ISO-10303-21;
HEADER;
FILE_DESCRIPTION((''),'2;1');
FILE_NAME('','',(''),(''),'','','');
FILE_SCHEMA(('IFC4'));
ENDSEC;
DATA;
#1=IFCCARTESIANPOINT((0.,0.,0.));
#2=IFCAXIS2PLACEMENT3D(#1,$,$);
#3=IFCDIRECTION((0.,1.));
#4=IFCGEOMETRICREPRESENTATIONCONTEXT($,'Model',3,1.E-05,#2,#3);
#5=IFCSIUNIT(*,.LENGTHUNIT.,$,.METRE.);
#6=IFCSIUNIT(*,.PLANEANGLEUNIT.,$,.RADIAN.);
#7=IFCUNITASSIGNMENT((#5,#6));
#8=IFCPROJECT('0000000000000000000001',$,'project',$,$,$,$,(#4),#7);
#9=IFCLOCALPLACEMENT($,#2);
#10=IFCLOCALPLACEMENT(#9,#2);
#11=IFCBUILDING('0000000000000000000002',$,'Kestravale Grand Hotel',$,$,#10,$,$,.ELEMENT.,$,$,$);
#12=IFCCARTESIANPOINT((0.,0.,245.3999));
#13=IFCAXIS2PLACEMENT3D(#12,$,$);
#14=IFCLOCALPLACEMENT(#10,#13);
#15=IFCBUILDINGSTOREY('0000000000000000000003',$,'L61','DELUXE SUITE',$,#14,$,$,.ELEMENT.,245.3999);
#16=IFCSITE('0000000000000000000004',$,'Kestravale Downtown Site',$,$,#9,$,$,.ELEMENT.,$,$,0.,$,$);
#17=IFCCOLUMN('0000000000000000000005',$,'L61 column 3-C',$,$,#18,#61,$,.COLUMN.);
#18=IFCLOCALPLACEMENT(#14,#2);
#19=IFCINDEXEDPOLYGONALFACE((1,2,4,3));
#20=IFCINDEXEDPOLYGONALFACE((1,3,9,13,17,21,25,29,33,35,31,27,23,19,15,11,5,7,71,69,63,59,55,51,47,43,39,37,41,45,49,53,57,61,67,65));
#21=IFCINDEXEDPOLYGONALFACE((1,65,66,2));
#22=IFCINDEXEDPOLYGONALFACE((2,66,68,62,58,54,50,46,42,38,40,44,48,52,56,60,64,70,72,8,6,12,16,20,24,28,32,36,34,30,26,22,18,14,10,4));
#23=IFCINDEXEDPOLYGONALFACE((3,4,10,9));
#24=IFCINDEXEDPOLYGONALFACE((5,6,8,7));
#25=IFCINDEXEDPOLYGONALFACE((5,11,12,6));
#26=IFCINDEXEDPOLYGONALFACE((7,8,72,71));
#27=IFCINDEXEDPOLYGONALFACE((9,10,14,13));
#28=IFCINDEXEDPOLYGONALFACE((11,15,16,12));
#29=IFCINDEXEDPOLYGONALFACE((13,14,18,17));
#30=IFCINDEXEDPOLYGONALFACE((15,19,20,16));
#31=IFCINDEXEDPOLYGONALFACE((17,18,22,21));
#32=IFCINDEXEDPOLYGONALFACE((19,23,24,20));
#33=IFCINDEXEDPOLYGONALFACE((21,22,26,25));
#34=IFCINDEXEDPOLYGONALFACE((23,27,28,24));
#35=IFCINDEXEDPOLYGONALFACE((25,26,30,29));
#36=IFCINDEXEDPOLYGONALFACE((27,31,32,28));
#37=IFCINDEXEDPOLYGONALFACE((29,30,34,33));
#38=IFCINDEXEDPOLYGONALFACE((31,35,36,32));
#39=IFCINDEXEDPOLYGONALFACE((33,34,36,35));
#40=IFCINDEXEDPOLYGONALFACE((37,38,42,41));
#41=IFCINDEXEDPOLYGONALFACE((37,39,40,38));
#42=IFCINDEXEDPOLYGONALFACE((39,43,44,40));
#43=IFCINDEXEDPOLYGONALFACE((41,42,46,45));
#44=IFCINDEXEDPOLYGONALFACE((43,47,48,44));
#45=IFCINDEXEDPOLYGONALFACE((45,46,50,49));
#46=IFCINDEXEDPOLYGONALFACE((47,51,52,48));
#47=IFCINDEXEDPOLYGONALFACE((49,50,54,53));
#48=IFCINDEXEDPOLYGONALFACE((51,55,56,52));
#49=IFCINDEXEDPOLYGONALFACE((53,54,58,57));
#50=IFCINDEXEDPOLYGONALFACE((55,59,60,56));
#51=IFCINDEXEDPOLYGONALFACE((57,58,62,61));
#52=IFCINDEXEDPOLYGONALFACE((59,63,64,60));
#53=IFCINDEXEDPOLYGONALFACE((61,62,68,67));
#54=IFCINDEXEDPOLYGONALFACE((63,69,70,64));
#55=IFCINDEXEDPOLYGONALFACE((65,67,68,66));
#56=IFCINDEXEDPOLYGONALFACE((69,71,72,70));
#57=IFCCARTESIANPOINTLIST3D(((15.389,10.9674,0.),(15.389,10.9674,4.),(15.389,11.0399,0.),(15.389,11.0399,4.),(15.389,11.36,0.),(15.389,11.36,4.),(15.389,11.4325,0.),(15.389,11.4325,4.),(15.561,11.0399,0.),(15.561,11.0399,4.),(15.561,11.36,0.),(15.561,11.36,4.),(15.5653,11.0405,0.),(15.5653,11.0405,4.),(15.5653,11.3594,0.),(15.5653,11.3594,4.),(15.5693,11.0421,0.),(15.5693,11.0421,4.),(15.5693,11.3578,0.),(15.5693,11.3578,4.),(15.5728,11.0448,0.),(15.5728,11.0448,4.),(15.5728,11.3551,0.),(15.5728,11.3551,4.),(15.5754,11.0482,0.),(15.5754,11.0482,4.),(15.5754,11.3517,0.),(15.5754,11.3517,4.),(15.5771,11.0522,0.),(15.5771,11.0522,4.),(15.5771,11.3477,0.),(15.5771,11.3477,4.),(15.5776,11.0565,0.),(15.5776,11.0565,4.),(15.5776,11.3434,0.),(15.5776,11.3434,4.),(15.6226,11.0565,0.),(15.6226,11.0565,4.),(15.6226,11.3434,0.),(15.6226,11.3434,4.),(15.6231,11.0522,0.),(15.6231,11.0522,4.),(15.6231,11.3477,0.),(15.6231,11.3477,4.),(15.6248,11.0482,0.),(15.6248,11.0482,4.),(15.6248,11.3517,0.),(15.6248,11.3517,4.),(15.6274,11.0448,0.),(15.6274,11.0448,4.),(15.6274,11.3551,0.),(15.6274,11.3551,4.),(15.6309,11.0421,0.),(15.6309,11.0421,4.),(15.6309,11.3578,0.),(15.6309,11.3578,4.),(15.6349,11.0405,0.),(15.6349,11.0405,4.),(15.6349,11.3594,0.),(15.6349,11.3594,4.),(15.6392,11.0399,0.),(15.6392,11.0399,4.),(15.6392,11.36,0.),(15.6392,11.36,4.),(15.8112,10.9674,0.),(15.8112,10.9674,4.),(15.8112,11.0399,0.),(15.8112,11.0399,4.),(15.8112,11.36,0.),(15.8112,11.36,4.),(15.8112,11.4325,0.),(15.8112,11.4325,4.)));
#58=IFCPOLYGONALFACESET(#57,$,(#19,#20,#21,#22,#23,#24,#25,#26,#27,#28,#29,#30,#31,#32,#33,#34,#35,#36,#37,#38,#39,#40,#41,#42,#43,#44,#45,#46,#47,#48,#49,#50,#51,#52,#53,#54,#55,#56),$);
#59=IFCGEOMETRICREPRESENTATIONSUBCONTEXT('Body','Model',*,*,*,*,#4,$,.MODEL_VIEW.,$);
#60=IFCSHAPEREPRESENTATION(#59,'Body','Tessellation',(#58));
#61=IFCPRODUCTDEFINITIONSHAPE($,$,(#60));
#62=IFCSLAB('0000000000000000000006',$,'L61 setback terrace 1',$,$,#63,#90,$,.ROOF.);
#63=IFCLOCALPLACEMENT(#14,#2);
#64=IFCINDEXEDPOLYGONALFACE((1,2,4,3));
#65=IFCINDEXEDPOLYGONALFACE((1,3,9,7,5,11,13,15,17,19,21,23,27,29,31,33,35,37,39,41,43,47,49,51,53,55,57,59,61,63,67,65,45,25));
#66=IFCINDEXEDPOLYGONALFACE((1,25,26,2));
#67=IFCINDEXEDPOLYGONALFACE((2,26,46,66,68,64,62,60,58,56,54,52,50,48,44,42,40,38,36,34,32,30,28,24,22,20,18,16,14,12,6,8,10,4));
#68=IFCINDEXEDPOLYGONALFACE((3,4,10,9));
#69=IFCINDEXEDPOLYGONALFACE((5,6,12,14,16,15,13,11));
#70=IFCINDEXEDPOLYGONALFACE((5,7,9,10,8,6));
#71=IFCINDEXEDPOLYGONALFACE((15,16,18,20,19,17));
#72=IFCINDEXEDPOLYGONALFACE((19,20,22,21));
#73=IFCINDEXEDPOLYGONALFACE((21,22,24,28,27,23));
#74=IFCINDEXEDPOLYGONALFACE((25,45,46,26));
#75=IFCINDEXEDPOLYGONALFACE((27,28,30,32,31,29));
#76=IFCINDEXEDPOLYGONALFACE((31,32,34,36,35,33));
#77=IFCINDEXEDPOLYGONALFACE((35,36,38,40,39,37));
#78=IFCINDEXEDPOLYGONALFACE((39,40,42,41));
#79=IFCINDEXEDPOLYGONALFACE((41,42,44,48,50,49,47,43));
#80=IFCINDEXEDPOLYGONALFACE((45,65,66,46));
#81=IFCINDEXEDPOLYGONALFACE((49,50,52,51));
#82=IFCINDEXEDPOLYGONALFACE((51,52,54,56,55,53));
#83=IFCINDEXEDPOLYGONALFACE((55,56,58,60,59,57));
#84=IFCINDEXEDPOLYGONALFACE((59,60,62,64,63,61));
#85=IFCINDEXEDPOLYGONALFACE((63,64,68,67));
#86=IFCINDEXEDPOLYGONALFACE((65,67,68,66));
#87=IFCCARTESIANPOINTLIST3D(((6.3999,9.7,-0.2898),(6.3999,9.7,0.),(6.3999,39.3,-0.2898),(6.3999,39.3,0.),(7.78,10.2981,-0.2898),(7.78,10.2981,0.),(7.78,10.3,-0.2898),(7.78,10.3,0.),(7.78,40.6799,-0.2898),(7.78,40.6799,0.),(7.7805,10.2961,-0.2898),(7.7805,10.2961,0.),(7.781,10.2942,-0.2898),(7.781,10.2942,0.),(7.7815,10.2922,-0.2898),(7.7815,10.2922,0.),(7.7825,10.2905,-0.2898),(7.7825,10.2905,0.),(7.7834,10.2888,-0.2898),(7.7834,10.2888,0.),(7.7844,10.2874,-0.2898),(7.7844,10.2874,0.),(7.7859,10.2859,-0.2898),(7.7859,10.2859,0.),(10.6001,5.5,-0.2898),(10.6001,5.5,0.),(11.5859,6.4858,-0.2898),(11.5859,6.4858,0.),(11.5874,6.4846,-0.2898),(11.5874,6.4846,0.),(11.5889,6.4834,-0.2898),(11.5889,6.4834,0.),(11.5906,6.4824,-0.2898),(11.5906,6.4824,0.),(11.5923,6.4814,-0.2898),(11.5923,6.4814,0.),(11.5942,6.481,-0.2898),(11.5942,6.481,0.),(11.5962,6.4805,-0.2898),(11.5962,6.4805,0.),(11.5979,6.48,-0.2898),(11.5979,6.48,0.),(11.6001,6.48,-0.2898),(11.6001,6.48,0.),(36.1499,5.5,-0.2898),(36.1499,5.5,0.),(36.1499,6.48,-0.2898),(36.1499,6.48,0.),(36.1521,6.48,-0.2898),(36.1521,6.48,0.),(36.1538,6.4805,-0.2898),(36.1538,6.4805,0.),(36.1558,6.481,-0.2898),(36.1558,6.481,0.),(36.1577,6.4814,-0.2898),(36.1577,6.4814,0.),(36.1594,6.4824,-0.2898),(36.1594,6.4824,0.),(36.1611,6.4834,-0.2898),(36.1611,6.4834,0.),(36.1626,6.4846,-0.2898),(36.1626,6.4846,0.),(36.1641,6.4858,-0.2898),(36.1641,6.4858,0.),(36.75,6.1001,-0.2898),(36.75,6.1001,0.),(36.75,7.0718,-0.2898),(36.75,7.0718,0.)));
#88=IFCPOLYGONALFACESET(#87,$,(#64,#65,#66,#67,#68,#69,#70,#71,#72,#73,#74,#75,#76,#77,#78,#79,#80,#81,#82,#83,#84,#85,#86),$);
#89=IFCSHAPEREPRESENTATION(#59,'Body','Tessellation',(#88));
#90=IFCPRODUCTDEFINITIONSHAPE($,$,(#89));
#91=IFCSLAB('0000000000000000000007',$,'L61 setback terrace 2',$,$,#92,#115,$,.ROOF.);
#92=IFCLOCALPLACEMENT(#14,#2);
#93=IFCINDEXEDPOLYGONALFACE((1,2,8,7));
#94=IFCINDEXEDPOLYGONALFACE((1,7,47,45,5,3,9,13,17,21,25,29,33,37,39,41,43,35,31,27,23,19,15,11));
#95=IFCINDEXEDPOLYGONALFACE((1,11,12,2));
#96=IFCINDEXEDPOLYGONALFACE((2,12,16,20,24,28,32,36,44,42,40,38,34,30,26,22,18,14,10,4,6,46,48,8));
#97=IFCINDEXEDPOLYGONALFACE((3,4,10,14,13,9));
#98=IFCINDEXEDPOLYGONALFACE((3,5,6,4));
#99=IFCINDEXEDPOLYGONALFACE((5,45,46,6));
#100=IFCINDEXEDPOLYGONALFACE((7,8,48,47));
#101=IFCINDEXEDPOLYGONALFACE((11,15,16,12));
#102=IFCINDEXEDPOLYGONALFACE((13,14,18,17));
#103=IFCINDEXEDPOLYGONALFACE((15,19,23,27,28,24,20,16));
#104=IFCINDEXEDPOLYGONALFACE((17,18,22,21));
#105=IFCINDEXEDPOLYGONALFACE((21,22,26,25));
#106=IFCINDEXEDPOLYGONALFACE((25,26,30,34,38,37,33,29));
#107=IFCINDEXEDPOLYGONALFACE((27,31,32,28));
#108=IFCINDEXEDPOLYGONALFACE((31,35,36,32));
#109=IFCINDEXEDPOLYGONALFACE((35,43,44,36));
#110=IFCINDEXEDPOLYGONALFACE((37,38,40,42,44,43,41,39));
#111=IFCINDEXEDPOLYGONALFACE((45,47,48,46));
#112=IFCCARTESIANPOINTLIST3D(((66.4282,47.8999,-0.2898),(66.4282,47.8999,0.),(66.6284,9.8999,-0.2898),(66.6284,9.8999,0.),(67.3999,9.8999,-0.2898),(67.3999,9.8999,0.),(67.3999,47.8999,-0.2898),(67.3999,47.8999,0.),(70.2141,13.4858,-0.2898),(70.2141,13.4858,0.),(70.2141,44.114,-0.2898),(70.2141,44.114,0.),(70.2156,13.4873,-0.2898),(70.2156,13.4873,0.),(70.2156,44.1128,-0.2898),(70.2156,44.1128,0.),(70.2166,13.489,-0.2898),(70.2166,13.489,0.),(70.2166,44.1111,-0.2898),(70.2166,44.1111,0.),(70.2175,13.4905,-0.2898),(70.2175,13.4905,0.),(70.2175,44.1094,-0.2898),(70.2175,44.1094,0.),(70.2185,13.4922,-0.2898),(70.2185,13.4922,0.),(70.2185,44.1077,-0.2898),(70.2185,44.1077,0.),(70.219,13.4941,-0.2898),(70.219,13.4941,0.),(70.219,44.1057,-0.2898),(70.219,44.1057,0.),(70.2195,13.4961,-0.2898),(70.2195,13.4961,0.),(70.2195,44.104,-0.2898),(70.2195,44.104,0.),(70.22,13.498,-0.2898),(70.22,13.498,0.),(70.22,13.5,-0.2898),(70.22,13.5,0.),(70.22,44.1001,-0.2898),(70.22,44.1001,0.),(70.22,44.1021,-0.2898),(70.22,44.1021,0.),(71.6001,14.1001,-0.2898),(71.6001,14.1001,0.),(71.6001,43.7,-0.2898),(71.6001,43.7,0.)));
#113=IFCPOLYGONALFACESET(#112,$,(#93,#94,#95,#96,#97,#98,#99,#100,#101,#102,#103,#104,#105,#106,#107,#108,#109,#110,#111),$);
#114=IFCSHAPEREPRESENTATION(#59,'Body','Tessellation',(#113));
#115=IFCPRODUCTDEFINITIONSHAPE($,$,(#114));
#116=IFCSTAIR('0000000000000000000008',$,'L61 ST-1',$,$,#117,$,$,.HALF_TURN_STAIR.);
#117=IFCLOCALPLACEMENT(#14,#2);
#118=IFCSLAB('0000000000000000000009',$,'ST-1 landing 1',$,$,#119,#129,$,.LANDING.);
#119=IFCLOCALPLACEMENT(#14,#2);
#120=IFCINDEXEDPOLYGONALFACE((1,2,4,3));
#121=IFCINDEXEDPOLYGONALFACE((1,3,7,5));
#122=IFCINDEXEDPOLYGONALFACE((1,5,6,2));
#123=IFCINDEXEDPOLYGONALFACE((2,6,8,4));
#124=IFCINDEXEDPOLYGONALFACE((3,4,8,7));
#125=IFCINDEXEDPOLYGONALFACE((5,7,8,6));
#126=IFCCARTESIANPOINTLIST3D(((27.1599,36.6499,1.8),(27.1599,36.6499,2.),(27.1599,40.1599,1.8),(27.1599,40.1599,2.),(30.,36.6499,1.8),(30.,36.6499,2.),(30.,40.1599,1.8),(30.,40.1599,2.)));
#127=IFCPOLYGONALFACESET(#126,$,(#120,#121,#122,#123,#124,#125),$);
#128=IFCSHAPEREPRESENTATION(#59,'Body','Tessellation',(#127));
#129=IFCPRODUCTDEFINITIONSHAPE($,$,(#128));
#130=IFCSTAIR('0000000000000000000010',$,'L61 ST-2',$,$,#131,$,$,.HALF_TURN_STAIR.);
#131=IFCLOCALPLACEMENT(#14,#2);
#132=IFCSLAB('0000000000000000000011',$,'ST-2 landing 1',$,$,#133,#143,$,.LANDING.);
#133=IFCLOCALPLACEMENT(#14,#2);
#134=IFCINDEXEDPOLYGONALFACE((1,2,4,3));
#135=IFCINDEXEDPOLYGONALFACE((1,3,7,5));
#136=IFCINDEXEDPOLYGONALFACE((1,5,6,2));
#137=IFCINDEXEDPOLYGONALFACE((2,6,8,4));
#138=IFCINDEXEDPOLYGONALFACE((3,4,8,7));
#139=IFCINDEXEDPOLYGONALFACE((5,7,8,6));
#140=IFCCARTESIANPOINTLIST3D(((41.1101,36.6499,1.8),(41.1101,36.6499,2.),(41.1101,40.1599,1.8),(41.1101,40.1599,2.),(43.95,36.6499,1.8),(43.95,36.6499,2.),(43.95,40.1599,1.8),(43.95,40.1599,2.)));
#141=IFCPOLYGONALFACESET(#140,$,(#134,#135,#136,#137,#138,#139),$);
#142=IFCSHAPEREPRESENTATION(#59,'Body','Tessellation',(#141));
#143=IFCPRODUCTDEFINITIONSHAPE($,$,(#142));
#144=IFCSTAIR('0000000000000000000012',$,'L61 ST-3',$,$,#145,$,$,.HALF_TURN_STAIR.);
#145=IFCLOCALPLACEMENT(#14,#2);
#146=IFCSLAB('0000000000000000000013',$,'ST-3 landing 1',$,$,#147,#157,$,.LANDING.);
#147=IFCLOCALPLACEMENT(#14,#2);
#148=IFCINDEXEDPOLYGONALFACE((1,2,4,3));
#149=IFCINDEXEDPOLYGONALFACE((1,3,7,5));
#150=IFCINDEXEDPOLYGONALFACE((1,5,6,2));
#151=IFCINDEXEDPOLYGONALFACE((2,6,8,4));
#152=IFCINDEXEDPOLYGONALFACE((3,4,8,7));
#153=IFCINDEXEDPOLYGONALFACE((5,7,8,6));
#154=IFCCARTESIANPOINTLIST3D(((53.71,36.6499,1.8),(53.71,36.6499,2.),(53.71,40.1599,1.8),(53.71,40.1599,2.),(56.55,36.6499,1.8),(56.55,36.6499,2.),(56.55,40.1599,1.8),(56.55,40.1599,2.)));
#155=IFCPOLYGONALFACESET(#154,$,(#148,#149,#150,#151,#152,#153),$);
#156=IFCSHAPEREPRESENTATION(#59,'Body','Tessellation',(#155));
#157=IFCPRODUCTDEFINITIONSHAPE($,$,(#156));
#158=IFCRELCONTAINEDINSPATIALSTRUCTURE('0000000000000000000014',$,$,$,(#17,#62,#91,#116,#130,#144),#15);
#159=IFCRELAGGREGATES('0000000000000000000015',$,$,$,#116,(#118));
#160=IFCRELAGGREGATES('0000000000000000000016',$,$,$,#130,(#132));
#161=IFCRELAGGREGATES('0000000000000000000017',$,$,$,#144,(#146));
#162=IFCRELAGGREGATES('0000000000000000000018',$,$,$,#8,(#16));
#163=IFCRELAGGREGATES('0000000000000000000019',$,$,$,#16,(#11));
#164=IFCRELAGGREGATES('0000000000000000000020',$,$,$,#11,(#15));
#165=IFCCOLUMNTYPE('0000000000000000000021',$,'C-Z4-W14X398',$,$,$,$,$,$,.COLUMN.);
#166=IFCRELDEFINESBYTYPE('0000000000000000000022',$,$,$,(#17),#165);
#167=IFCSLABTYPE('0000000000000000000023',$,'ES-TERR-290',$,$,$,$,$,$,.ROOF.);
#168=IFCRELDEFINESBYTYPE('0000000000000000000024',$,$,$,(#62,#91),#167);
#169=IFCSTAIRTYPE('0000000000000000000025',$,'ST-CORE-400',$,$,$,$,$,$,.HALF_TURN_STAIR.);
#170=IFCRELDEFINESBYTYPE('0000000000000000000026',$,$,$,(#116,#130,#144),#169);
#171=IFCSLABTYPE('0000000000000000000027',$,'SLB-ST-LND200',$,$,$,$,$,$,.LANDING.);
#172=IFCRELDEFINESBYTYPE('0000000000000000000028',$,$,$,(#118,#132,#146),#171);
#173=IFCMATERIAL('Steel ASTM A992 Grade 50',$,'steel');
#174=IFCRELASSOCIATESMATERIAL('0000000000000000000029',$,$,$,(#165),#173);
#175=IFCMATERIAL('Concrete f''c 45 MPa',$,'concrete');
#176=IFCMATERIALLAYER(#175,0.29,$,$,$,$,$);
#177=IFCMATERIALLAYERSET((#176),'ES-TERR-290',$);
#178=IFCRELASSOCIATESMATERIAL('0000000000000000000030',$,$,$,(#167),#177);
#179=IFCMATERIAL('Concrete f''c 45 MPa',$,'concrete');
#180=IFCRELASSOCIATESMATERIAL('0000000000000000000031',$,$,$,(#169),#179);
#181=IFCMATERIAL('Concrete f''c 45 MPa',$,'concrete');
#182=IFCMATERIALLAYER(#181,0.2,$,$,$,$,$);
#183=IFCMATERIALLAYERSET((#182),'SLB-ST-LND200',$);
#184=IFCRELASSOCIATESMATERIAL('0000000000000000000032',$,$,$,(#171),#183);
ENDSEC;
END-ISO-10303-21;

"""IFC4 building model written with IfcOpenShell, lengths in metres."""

from ifc_helpers import new_model, si_unit, direction, frame, origin, origin_2d, place, context, subcontext, project, spatial, polyline, i_section, outline, extrude, material, layer, layer_set, material_profile, profile_set, type_object, element, aggregate, save


model = new_model("IFC4")

# Units and contexts
model_context = context("Model", 3, precision=1e-05, world=origin(), true_north=direction((0.0, 1.0)))
body_context = subcontext(model_context, "Body", "Model", "MODEL_VIEW")
ifc_project = project(units=[si_unit("LENGTHUNIT", "METRE"), si_unit("PLANEANGLEUNIT", "RADIAN")], contexts=[model_context])

# Site, building, storey
site_placement = place(None, origin())
site = spatial("IfcSite", under=ifc_project, at=site_placement, Name="Kestravale Downtown Site", CompositionType="ELEMENT", RefElevation=0.0)
building_placement = place(site_placement, origin())
building = spatial("IfcBuilding", under=site, at=building_placement, Name="Kestravale Grand Hotel", CompositionType="ELEMENT")
storey_placement = place(building_placement, frame((0.0, 0.0, 245.3999)))
storey = spatial("IfcBuildingStorey", under=building, at=storey_placement, Name="L61", Description="DELUXE SUITE", CompositionType="ELEMENT", Elevation=245.3999)

# Column
ifc_material_1 = material(Name="Steel ASTM A992 Grade 50", Category="steel")
ifc_material_profile = material_profile(ifc_material_1, i_section(OverallWidth=0.4221, OverallDepth=0.4651, WebThickness=0.0449, FlangeThickness=0.0725, FilletRadius=0.0166, at=origin_2d()))
ifc_profile_set = profile_set([ifc_material_profile], Name="Steel ASTM A992 Grade 50")
column_type = type_object("IfcColumnType", Name="C-Z4-W14X398", PredefinedType="COLUMN", material=ifc_profile_set)
column_placement = place(storey_placement, frame((15.6001, 11.2, 0.0), z_axis=(0.0, 0.0, 1.0), x_axis=(1.0, 0.0, 0.0)))
element("IfcColumn", 1, at=column_placement, inside=storey, type_object=column_type, Name="L61 column 3-C", PredefinedType="COLUMN", context=body_context, shape_type="SweptSolid", body=[
    extrude(i_section(OverallWidth=0.4221, OverallDepth=0.4651, WebThickness=0.0449, FlangeThickness=0.0725, FilletRadius=0.0166, at=origin_2d()), origin(), (0.0, 0.0, 1.0), 4.0),
])

# Slabs
ifc_material_2 = material(Name="Concrete f'c 45 MPa", Category="concrete")
ifc_layer_1 = layer(ifc_material_2, 0.29)
ifc_layer_set_1 = layer_set([ifc_layer_1], Name="ES-TERR-290")
slab_type_1 = type_object("IfcSlabType", Name="ES-TERR-290", PredefinedType="ROOF", material=ifc_layer_set_1)
slab_1_placement = place(storey_placement, frame((0.0, 0.0, -0.2898)))
element("IfcSlab", 2, at=slab_1_placement, inside=storey, type_object=slab_type_1, Name="L61 setback terrace 1", PredefinedType="ROOF", context=body_context, shape_type="SweptSolid", body=[
    extrude(outline(polyline([(36.75, 6.1001), (36.1499, 5.5), (10.6001, 5.5), (6.3999, 9.7), (6.3999, 39.3), (7.78, 40.6799), (7.78, 10.3), (7.78, 10.2981), (7.7805, 10.2961), (7.781, 10.2942), (7.7815, 10.2922), (7.7825, 10.2905), (7.7834, 10.2888), (7.7844, 10.2874), (7.7859, 10.2859), (11.5859, 6.4858), (11.5874, 6.4846), (11.5889, 6.4834), (11.5906, 6.4824), (11.5923, 6.4814), (11.5942, 6.481), (11.5962, 6.4805), (11.5979, 6.48), (11.6001, 6.48), (36.1499, 6.48), (36.1521, 6.48), (36.1538, 6.4805), (36.1558, 6.481), (36.1577, 6.4814), (36.1594, 6.4824), (36.1611, 6.4834), (36.1626, 6.4846), (36.1641, 6.4858), (36.75, 7.0718), (36.75, 6.1001)])), origin(), (0.0, 0.0, 1.0), 0.2898),
])
slab_2_placement = place(storey_placement, frame((0.0, 0.0, -0.2898)))
element("IfcSlab", 3, at=slab_2_placement, inside=storey, type_object=slab_type_1, Name="L61 setback terrace 2", PredefinedType="ROOF", context=body_context, shape_type="SweptSolid", body=[
    extrude(outline(polyline([(67.3999, 47.8999), (71.6001, 43.7), (71.6001, 14.1001), (67.3999, 9.8999), (66.6284, 9.8999), (70.2141, 13.4858), (70.2156, 13.4873), (70.2166, 13.489), (70.2175, 13.4905), (70.2185, 13.4922), (70.219, 13.4941), (70.2195, 13.4961), (70.22, 13.498), (70.22, 13.5), (70.22, 44.1001), (70.22, 44.1021), (70.2195, 44.104), (70.219, 44.1057), (70.2185, 44.1077), (70.2175, 44.1094), (70.2166, 44.1111), (70.2156, 44.1128), (70.2141, 44.114), (66.4282, 47.8999), (67.3999, 47.8999)])), origin(), (0.0, 0.0, 1.0), 0.2898),
])

# Stairs, slabs
ifc_material_3 = material(Name="Concrete f'c 45 MPa", Category="concrete")
stair_type = type_object("IfcStairType", Name="ST-CORE-400", PredefinedType="HALF_TURN_STAIR", material=ifc_material_3)
stair_1_placement = place(storey_placement, origin())
stair_1 = element("IfcStair", 4, at=stair_1_placement, inside=storey, type_object=stair_type, Name="L61 ST-1", PredefinedType="HALF_TURN_STAIR")
ifc_material_4 = material(Name="Concrete f'c 45 MPa", Category="concrete")
ifc_layer_2 = layer(ifc_material_4, 0.2)
ifc_layer_set_2 = layer_set([ifc_layer_2], Name="SLB-ST-LND200")
slab_type_2 = type_object("IfcSlabType", Name="SLB-ST-LND200", PredefinedType="LANDING", material=ifc_layer_set_2)
slab_3_placement = place(storey_placement, frame((0.0, 0.0, 1.8)))
slab_3 = element("IfcSlab", 5, at=slab_3_placement, type_object=slab_type_2, Name="ST-1 landing 1", PredefinedType="LANDING", context=body_context, shape_type="SweptSolid", body=[
    extrude(outline(polyline([(27.1599, 36.6499), (30.0, 36.6499), (30.0, 40.1599), (27.1599, 40.1599), (27.1599, 36.6499)])), origin(), (0.0, 0.0, 1.0), 0.2),
])
aggregate(stair_1, [slab_3])
stair_2_placement = place(storey_placement, origin())
stair_2 = element("IfcStair", 6, at=stair_2_placement, inside=storey, type_object=stair_type, Name="L61 ST-2", PredefinedType="HALF_TURN_STAIR")
slab_4_placement = place(storey_placement, frame((0.0, 0.0, 1.8)))
slab_4 = element("IfcSlab", 7, at=slab_4_placement, type_object=slab_type_2, Name="ST-2 landing 1", PredefinedType="LANDING", context=body_context, shape_type="SweptSolid", body=[
    extrude(outline(polyline([(41.1101, 36.6499), (43.95, 36.6499), (43.95, 40.1599), (41.1101, 40.1599), (41.1101, 36.6499)])), origin(), (0.0, 0.0, 1.0), 0.2),
])
aggregate(stair_2, [slab_4])
stair_3_placement = place(storey_placement, origin())
stair_3 = element("IfcStair", 8, at=stair_3_placement, inside=storey, type_object=stair_type, Name="L61 ST-3", PredefinedType="HALF_TURN_STAIR")
slab_5_placement = place(storey_placement, frame((0.0, 0.0, 1.8)))
slab_5 = element("IfcSlab", 9, at=slab_5_placement, type_object=slab_type_2, Name="ST-3 landing 1", PredefinedType="LANDING", context=body_context, shape_type="SweptSolid", body=[
    extrude(outline(polyline([(53.71, 36.6499), (56.55, 36.6499), (56.55, 40.1599), (53.71, 40.1599), (53.71, 36.6499)])), origin(), (0.0, 0.0, 1.0), 0.2),
])
aggregate(stair_3, [slab_5])

save(model, "model.ifc")
